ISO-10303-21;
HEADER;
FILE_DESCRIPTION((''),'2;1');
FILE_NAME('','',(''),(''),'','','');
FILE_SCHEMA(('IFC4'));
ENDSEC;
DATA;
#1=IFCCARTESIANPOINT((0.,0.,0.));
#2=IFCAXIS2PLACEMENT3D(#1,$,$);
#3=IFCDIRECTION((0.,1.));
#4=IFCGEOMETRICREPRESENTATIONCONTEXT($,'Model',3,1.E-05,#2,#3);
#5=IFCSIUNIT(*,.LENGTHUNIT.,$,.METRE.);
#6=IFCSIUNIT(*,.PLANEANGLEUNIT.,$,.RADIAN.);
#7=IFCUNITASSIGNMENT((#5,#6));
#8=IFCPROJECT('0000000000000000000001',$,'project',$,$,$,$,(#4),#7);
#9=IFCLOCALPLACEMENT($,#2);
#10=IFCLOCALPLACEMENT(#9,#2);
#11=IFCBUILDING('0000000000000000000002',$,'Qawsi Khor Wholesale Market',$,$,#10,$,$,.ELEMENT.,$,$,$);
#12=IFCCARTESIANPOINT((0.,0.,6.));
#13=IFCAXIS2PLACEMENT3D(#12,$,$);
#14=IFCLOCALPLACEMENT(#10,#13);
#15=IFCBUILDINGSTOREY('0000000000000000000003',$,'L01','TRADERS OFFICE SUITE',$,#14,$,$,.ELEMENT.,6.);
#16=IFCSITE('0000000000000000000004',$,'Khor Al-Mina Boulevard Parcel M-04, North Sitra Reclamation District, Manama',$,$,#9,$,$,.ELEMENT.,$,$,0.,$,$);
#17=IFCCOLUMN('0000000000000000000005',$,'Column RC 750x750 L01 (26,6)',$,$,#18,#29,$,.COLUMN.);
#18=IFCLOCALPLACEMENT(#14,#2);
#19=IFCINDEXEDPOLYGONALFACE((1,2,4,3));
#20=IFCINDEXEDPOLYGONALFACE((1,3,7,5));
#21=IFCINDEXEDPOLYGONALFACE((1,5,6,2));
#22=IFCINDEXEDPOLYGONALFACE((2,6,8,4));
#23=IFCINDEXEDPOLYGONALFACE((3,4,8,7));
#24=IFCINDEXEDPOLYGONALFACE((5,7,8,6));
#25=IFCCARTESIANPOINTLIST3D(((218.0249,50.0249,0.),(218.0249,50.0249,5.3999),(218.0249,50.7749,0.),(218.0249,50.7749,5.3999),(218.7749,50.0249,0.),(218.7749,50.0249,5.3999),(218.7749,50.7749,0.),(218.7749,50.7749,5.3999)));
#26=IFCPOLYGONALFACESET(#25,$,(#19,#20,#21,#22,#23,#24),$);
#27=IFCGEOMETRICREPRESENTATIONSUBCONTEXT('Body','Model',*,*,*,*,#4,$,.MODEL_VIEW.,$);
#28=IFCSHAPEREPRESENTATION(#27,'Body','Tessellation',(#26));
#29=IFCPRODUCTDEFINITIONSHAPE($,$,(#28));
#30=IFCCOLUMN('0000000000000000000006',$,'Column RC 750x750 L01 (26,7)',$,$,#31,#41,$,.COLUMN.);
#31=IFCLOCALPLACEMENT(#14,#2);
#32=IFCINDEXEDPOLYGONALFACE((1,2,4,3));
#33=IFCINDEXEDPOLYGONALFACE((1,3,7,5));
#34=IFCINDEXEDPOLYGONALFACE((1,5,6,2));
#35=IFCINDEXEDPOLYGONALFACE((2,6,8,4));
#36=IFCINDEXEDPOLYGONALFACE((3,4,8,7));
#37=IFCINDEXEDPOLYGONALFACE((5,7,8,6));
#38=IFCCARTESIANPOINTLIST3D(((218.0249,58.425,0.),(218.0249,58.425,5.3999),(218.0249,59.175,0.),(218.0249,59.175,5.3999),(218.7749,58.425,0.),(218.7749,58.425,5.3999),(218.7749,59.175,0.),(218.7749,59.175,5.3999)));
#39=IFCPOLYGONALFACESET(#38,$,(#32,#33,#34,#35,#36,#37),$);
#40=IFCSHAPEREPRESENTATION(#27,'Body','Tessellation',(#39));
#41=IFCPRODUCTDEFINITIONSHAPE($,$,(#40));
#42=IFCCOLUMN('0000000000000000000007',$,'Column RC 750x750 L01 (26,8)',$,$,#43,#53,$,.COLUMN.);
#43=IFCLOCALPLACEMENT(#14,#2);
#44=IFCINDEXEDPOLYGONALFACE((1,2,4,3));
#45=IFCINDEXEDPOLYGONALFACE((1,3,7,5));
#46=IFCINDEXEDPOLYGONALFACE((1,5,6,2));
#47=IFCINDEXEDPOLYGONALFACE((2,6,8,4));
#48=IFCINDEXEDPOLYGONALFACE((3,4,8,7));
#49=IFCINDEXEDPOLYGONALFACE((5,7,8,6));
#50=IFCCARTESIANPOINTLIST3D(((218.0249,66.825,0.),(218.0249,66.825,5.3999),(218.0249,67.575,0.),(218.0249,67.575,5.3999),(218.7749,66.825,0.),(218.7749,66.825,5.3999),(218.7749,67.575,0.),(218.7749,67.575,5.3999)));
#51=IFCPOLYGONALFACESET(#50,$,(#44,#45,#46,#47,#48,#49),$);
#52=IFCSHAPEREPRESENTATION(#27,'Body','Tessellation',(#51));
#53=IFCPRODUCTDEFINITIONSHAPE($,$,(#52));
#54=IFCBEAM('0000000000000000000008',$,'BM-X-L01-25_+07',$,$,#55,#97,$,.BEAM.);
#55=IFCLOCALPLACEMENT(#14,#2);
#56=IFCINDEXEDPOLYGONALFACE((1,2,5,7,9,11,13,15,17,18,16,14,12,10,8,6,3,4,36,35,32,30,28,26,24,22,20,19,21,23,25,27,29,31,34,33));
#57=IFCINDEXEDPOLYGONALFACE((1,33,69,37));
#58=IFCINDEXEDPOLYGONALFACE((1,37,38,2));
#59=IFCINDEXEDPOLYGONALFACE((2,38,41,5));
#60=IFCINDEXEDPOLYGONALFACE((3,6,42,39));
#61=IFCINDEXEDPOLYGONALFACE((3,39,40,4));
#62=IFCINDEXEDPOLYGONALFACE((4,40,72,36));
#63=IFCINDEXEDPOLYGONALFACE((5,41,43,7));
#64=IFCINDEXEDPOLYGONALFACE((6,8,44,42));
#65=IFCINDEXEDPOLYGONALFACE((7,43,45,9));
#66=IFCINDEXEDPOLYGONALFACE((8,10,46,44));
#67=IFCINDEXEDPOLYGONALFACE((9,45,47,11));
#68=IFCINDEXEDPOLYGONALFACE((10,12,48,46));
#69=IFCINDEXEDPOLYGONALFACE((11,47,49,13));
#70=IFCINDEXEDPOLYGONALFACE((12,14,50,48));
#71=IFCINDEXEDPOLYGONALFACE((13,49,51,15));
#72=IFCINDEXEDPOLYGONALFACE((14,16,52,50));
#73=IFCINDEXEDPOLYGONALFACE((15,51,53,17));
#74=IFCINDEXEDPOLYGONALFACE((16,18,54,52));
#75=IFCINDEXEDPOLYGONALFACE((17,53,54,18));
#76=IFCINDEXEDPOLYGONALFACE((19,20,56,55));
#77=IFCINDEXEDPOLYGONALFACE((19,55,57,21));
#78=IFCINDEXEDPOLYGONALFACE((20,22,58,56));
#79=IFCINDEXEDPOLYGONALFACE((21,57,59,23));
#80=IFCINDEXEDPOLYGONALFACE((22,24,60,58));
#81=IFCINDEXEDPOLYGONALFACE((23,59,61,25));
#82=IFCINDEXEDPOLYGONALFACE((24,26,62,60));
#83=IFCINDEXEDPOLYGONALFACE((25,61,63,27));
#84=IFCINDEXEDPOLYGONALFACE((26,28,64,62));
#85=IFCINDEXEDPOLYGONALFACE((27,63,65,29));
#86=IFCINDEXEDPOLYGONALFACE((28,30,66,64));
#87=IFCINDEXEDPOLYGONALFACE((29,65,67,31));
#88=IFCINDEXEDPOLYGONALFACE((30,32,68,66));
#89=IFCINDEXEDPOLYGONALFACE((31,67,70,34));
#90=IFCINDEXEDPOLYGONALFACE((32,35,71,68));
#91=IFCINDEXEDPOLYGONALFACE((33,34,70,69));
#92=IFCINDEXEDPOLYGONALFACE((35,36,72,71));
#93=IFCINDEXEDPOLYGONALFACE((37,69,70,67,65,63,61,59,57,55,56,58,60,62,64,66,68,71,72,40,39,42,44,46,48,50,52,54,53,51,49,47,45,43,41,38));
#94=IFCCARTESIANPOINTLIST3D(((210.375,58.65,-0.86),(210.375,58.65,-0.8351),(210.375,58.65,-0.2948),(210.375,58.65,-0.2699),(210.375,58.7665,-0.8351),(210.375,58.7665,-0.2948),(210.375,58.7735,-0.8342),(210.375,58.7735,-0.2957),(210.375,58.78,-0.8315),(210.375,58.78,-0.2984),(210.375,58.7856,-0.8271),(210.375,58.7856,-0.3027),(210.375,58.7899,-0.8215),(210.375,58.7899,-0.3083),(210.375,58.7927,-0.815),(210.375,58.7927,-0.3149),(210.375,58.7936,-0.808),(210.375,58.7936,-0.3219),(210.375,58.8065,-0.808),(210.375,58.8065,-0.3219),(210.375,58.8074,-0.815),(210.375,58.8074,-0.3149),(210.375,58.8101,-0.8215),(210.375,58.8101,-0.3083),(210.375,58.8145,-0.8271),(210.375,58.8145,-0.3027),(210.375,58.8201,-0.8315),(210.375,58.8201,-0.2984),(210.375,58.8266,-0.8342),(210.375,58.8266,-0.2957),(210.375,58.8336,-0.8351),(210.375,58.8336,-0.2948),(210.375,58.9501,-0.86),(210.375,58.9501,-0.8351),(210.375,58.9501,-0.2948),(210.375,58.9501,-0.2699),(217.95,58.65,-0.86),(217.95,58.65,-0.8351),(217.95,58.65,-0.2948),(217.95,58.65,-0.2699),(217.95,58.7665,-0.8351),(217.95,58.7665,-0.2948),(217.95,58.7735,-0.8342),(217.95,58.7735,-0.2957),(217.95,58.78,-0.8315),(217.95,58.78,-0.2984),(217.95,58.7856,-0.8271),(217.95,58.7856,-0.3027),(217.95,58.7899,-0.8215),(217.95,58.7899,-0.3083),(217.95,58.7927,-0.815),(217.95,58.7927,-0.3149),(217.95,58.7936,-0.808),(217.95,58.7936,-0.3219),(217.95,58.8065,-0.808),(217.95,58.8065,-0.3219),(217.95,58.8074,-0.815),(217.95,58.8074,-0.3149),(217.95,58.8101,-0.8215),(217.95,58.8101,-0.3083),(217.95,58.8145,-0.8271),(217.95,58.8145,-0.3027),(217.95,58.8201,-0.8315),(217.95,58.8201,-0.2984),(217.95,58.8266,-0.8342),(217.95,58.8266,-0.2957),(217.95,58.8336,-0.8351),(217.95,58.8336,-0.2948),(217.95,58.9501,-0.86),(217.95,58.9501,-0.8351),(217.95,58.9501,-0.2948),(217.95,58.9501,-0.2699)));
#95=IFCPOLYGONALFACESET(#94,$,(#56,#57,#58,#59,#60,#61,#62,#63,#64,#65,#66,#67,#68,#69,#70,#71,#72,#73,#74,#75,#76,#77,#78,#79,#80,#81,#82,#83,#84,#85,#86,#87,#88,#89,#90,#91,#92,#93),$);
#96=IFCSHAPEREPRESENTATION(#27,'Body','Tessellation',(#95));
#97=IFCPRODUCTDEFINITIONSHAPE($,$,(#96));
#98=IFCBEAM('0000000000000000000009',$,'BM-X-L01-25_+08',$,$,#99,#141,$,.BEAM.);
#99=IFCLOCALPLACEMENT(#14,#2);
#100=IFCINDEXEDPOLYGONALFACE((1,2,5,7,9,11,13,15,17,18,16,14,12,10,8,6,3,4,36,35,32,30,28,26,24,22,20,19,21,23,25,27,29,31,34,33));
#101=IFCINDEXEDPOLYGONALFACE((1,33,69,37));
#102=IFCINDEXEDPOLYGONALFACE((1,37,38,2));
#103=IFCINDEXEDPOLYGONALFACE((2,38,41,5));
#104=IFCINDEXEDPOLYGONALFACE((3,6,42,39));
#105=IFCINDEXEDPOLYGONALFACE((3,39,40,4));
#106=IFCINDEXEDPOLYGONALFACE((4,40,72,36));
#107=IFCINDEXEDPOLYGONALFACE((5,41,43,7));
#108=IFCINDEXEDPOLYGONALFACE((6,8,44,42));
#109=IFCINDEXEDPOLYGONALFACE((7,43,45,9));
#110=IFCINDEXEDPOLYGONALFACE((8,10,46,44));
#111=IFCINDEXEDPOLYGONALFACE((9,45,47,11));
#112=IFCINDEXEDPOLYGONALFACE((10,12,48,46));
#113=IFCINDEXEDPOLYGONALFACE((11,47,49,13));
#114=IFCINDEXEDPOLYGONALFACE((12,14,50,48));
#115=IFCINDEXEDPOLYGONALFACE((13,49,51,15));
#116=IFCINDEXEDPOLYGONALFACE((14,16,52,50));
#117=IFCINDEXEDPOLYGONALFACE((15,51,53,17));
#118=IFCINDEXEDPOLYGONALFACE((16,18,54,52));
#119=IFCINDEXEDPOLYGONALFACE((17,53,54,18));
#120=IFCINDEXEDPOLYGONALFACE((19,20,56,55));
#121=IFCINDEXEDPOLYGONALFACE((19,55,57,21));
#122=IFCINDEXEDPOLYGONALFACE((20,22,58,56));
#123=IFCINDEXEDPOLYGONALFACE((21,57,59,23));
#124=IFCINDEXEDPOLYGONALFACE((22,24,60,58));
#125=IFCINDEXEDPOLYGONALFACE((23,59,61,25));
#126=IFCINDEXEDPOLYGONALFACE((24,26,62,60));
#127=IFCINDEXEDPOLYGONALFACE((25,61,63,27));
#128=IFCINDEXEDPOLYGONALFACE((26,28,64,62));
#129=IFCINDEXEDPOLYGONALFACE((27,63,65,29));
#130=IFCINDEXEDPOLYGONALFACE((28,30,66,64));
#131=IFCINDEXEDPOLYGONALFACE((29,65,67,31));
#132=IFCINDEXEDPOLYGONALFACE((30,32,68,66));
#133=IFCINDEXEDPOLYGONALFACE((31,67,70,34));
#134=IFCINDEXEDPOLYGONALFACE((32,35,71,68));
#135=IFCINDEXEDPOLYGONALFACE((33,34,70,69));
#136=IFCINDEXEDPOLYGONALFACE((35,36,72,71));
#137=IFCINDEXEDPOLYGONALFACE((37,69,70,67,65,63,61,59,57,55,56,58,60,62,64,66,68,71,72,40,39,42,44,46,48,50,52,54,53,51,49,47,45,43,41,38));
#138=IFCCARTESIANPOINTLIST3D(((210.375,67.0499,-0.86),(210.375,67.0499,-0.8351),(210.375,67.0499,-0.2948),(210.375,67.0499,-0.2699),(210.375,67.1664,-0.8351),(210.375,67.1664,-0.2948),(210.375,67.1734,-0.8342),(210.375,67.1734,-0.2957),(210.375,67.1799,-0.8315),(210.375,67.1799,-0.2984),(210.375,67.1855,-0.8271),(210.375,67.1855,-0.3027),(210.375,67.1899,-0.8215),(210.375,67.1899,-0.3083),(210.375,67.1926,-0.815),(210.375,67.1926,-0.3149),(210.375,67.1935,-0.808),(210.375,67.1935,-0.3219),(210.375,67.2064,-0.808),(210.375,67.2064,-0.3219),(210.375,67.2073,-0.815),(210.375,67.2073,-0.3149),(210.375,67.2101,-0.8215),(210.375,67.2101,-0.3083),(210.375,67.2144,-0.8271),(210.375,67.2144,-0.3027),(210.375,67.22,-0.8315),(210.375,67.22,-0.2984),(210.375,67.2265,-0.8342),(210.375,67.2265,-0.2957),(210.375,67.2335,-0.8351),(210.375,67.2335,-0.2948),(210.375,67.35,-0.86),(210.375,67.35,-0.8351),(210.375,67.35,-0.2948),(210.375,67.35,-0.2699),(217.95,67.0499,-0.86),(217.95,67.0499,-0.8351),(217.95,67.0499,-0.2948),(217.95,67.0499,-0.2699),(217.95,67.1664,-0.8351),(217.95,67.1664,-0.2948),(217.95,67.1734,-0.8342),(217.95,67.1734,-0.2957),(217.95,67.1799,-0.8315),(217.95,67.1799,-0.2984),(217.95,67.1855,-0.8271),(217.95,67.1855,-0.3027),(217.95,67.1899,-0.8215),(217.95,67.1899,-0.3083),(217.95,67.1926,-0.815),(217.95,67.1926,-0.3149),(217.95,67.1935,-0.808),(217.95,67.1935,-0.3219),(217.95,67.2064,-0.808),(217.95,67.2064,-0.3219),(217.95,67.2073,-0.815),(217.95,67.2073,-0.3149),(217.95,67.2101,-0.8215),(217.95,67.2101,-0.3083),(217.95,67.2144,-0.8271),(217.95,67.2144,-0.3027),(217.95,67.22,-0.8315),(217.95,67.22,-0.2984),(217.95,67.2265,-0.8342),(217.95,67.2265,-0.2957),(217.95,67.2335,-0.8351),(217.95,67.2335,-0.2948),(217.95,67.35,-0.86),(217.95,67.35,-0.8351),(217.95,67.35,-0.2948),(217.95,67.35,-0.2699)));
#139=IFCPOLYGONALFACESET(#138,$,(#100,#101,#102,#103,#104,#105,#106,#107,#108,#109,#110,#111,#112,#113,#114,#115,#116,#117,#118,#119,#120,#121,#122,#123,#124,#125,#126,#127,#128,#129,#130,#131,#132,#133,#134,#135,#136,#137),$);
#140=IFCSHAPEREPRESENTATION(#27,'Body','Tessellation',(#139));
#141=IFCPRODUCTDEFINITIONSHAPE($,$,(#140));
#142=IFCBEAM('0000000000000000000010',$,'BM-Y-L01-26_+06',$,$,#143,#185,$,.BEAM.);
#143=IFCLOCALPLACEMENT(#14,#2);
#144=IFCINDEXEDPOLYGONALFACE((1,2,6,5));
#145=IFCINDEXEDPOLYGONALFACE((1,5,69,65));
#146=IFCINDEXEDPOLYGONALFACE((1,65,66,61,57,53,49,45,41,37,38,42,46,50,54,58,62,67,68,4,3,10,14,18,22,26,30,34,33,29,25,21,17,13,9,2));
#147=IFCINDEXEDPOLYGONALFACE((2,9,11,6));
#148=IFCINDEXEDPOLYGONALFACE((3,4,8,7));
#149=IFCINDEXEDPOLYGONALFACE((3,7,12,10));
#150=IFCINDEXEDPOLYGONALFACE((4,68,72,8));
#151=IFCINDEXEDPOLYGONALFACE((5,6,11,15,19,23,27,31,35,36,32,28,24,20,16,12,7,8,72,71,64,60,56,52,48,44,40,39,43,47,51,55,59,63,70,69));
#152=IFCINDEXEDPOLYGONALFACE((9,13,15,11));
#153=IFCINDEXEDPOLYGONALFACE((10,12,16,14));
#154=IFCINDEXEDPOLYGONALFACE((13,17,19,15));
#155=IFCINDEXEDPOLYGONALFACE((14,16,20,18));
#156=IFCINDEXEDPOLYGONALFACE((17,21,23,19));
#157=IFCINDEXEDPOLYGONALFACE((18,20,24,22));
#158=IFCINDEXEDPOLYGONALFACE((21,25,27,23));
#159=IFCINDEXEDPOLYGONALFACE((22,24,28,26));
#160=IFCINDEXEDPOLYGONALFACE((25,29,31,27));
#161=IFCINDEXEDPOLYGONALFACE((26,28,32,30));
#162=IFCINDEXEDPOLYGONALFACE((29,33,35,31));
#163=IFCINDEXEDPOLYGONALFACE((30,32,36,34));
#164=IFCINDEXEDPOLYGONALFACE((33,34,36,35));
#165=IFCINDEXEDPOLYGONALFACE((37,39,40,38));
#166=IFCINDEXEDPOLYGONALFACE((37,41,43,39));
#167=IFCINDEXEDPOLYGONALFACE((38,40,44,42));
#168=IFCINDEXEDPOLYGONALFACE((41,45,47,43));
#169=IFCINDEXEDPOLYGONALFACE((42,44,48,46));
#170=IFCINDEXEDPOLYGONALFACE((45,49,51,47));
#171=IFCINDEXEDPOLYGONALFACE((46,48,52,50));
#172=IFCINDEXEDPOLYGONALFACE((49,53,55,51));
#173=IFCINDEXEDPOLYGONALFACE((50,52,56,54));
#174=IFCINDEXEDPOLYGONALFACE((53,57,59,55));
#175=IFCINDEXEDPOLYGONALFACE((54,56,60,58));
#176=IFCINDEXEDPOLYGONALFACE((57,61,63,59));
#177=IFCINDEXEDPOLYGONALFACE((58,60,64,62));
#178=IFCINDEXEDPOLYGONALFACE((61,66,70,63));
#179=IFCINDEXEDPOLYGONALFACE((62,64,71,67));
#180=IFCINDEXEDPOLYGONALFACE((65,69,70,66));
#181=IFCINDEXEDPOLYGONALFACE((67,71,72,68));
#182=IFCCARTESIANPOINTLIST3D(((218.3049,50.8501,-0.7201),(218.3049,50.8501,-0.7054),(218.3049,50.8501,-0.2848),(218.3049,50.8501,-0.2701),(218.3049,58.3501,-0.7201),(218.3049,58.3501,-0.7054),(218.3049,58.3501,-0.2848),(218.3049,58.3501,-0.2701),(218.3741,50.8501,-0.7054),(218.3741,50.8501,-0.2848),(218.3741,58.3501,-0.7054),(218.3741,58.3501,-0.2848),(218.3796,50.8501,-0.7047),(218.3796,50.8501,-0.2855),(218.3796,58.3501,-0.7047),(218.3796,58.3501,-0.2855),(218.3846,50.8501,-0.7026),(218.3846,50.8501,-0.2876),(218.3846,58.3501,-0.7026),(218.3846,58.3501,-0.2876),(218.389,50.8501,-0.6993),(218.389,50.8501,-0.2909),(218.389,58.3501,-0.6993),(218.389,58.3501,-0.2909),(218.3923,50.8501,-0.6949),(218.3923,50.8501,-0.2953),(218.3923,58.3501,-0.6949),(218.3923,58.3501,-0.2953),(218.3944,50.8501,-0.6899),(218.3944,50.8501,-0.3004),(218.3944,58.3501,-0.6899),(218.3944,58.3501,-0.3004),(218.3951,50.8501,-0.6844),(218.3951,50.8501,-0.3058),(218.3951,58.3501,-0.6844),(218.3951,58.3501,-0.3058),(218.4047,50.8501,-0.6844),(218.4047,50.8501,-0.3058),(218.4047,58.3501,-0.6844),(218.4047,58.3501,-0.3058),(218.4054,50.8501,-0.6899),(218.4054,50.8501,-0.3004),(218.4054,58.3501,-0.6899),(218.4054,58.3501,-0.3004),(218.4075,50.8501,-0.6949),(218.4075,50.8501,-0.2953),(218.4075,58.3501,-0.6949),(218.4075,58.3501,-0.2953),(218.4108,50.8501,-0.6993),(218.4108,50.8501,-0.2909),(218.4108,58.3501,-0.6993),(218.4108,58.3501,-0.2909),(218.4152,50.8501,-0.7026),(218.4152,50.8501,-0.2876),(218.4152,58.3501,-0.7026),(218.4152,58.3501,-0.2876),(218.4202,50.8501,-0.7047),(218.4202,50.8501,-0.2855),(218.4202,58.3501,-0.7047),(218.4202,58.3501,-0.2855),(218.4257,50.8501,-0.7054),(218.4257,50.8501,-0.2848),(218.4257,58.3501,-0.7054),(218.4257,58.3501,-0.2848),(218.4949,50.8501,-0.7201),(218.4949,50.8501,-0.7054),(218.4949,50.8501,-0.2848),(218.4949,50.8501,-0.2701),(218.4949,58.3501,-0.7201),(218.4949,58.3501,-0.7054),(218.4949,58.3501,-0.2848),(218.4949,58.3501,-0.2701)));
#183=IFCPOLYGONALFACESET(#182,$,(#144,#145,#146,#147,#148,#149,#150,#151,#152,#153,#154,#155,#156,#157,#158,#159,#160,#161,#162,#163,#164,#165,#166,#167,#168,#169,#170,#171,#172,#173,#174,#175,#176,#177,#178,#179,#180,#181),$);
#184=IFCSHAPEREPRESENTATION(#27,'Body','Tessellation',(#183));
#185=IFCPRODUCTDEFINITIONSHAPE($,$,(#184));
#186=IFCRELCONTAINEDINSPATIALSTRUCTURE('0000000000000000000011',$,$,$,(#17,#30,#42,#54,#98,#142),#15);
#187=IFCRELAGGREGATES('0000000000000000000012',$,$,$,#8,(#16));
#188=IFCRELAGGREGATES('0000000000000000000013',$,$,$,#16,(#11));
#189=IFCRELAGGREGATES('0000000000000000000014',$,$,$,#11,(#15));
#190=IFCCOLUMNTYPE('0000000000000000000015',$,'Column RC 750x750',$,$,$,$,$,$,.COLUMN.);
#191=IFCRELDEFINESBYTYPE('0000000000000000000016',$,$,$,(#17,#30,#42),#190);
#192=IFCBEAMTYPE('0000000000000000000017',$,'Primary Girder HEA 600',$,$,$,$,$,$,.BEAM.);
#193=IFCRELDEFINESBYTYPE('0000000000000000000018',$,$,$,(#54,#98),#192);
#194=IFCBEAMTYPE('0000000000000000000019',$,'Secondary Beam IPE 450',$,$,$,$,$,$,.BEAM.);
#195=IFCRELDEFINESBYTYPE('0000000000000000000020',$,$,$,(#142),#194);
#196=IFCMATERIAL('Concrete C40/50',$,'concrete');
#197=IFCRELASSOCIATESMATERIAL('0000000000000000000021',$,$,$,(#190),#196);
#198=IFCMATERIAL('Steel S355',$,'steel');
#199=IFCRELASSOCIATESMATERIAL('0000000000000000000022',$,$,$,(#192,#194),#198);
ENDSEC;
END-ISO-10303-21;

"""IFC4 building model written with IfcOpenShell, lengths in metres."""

from ifc_helpers import new_model, si_unit, direction, frame, origin, origin_2d, place, context, subcontext, project, spatial, rectangle, i_section, extrude, material, material_profile, profile_set, type_object, element, save


model = new_model("IFC4")

# Units and contexts
model_context = context("Model", 3, precision=1e-05, world=origin(), true_north=direction((0.0, 1.0)))
body_context = subcontext(model_context, "Body", "Model", "MODEL_VIEW")
ifc_project = project(units=[si_unit("LENGTHUNIT", "METRE"), si_unit("PLANEANGLEUNIT", "RADIAN")], contexts=[model_context])

# Site, building, storey
site_placement = place(None, origin())
site = spatial("IfcSite", under=ifc_project, at=site_placement, Name="Khor Al-Mina Boulevard Parcel M-04, North Sitra Reclamation District, Manama", CompositionType="ELEMENT", RefElevation=0.0)
building_placement = place(site_placement, origin())
building = spatial("IfcBuilding", under=site, at=building_placement, Name="Qawsi Khor Wholesale Market", CompositionType="ELEMENT")
storey_placement = place(building_placement, frame((0.0, 0.0, 6.0)))
storey = spatial("IfcBuildingStorey", under=building, at=storey_placement, Name="L01", Description="TRADERS OFFICE SUITE", CompositionType="ELEMENT", Elevation=6.0)

# Columns
ifc_material_1 = material(Name="Concrete C40/50", Category="concrete")
ifc_material_profile_1 = material_profile(ifc_material_1, rectangle(XDim=0.75, YDim=0.75, at=origin_2d()), Name="RC 750x750")
ifc_profile_set_1 = profile_set([ifc_material_profile_1], Name="Concrete C40/50")
column_type = type_object("IfcColumnType", Name="Column RC 750x750", PredefinedType="COLUMN", material=ifc_profile_set_1)
for number, where, z_axis, x_axis, name in (
    (1, (218.3999, 50.3999, 0.0), (0.0, 0.0, 1.0), (1.0, 0.0, 0.0), "Column RC 750x750 L01 (26,6)"),
    (2, (218.3999, 58.8, 0.0), (0.0, 0.0, 1.0), (1.0, 0.0, 0.0), "Column RC 750x750 L01 (26,7)"),
    (3, (218.3999, 67.2, 0.0), (0.0, 0.0, 1.0), (1.0, 0.0, 0.0), "Column RC 750x750 L01 (26,8)"),
):
    element("IfcColumn", number, at=place(storey_placement, frame(where, z_axis=z_axis, x_axis=x_axis)), inside=storey, type_object=column_type, Name=name, PredefinedType="COLUMN", context=body_context, shape_type="SweptSolid", body=[
        extrude(rectangle(XDim=0.75, YDim=0.75, at=origin_2d()), origin(), (0.0, 0.0, 1.0), 5.3999),
    ])

# Beams
ifc_material_2 = material(Name="Steel S355", Category="steel")
ifc_material_profile_2 = material_profile(ifc_material_2, i_section(OverallWidth=0.3, OverallDepth=0.5901, WebThickness=0.0129, FlangeThickness=0.0249, FilletRadius=0.0271, at=origin_2d()), Name="HEA 600")
ifc_profile_set_2 = profile_set([ifc_material_profile_2], Name="Steel S355")
beam_type_1 = type_object("IfcBeamType", Name="Primary Girder HEA 600", PredefinedType="BEAM", material=ifc_profile_set_2)
for number, where, z_axis, x_axis, name in (
    (4, (210.375, 58.8, -0.5649), (1.0, 0.0, 0.0), (0.0, 1.0, 0.0), "BM-X-L01-25_+07"),
    (5, (210.375, 67.2, -0.5649), (1.0, 0.0, 0.0), (0.0, 1.0, 0.0), "BM-X-L01-25_+08"),
):
    element("IfcBeam", number, at=place(storey_placement, frame(where, z_axis=z_axis, x_axis=x_axis)), inside=storey, type_object=beam_type_1, Name=name, PredefinedType="BEAM", context=body_context, shape_type="SweptSolid", body=[
        extrude(i_section(OverallWidth=0.3, OverallDepth=0.5901, WebThickness=0.0129, FlangeThickness=0.0249, FilletRadius=0.0271, at=origin_2d()), origin(), (0.0, 0.0, 1.0), 7.575),
    ])
ifc_material_profile_3 = material_profile(ifc_material_2, i_section(OverallWidth=0.1899, OverallDepth=0.45, WebThickness=0.0095, FlangeThickness=0.0146, FilletRadius=0.021, at=origin_2d()), Name="IPE 450")
ifc_profile_set_3 = profile_set([ifc_material_profile_3], Name="Steel S355")
beam_type_2 = type_object("IfcBeamType", Name="Secondary Beam IPE 450", PredefinedType="BEAM", material=ifc_profile_set_3)
for number, where, z_axis, x_axis, name in (
    (6, (218.3999, 50.8501, -0.4951), (0.0, 1.0, 0.0), (-1.0, 0.0, 0.0), "BM-Y-L01-26_+06"),
):
    element("IfcBeam", number, at=place(storey_placement, frame(where, z_axis=z_axis, x_axis=x_axis)), inside=storey, type_object=beam_type_2, Name=name, PredefinedType="BEAM", context=body_context, shape_type="SweptSolid", body=[
        extrude(i_section(OverallWidth=0.1899, OverallDepth=0.45, WebThickness=0.0095, FlangeThickness=0.0146, FilletRadius=0.021, at=origin_2d()), origin(), (0.0, 0.0, 1.0), 7.5),
    ])

save(model, "model.ifc")
